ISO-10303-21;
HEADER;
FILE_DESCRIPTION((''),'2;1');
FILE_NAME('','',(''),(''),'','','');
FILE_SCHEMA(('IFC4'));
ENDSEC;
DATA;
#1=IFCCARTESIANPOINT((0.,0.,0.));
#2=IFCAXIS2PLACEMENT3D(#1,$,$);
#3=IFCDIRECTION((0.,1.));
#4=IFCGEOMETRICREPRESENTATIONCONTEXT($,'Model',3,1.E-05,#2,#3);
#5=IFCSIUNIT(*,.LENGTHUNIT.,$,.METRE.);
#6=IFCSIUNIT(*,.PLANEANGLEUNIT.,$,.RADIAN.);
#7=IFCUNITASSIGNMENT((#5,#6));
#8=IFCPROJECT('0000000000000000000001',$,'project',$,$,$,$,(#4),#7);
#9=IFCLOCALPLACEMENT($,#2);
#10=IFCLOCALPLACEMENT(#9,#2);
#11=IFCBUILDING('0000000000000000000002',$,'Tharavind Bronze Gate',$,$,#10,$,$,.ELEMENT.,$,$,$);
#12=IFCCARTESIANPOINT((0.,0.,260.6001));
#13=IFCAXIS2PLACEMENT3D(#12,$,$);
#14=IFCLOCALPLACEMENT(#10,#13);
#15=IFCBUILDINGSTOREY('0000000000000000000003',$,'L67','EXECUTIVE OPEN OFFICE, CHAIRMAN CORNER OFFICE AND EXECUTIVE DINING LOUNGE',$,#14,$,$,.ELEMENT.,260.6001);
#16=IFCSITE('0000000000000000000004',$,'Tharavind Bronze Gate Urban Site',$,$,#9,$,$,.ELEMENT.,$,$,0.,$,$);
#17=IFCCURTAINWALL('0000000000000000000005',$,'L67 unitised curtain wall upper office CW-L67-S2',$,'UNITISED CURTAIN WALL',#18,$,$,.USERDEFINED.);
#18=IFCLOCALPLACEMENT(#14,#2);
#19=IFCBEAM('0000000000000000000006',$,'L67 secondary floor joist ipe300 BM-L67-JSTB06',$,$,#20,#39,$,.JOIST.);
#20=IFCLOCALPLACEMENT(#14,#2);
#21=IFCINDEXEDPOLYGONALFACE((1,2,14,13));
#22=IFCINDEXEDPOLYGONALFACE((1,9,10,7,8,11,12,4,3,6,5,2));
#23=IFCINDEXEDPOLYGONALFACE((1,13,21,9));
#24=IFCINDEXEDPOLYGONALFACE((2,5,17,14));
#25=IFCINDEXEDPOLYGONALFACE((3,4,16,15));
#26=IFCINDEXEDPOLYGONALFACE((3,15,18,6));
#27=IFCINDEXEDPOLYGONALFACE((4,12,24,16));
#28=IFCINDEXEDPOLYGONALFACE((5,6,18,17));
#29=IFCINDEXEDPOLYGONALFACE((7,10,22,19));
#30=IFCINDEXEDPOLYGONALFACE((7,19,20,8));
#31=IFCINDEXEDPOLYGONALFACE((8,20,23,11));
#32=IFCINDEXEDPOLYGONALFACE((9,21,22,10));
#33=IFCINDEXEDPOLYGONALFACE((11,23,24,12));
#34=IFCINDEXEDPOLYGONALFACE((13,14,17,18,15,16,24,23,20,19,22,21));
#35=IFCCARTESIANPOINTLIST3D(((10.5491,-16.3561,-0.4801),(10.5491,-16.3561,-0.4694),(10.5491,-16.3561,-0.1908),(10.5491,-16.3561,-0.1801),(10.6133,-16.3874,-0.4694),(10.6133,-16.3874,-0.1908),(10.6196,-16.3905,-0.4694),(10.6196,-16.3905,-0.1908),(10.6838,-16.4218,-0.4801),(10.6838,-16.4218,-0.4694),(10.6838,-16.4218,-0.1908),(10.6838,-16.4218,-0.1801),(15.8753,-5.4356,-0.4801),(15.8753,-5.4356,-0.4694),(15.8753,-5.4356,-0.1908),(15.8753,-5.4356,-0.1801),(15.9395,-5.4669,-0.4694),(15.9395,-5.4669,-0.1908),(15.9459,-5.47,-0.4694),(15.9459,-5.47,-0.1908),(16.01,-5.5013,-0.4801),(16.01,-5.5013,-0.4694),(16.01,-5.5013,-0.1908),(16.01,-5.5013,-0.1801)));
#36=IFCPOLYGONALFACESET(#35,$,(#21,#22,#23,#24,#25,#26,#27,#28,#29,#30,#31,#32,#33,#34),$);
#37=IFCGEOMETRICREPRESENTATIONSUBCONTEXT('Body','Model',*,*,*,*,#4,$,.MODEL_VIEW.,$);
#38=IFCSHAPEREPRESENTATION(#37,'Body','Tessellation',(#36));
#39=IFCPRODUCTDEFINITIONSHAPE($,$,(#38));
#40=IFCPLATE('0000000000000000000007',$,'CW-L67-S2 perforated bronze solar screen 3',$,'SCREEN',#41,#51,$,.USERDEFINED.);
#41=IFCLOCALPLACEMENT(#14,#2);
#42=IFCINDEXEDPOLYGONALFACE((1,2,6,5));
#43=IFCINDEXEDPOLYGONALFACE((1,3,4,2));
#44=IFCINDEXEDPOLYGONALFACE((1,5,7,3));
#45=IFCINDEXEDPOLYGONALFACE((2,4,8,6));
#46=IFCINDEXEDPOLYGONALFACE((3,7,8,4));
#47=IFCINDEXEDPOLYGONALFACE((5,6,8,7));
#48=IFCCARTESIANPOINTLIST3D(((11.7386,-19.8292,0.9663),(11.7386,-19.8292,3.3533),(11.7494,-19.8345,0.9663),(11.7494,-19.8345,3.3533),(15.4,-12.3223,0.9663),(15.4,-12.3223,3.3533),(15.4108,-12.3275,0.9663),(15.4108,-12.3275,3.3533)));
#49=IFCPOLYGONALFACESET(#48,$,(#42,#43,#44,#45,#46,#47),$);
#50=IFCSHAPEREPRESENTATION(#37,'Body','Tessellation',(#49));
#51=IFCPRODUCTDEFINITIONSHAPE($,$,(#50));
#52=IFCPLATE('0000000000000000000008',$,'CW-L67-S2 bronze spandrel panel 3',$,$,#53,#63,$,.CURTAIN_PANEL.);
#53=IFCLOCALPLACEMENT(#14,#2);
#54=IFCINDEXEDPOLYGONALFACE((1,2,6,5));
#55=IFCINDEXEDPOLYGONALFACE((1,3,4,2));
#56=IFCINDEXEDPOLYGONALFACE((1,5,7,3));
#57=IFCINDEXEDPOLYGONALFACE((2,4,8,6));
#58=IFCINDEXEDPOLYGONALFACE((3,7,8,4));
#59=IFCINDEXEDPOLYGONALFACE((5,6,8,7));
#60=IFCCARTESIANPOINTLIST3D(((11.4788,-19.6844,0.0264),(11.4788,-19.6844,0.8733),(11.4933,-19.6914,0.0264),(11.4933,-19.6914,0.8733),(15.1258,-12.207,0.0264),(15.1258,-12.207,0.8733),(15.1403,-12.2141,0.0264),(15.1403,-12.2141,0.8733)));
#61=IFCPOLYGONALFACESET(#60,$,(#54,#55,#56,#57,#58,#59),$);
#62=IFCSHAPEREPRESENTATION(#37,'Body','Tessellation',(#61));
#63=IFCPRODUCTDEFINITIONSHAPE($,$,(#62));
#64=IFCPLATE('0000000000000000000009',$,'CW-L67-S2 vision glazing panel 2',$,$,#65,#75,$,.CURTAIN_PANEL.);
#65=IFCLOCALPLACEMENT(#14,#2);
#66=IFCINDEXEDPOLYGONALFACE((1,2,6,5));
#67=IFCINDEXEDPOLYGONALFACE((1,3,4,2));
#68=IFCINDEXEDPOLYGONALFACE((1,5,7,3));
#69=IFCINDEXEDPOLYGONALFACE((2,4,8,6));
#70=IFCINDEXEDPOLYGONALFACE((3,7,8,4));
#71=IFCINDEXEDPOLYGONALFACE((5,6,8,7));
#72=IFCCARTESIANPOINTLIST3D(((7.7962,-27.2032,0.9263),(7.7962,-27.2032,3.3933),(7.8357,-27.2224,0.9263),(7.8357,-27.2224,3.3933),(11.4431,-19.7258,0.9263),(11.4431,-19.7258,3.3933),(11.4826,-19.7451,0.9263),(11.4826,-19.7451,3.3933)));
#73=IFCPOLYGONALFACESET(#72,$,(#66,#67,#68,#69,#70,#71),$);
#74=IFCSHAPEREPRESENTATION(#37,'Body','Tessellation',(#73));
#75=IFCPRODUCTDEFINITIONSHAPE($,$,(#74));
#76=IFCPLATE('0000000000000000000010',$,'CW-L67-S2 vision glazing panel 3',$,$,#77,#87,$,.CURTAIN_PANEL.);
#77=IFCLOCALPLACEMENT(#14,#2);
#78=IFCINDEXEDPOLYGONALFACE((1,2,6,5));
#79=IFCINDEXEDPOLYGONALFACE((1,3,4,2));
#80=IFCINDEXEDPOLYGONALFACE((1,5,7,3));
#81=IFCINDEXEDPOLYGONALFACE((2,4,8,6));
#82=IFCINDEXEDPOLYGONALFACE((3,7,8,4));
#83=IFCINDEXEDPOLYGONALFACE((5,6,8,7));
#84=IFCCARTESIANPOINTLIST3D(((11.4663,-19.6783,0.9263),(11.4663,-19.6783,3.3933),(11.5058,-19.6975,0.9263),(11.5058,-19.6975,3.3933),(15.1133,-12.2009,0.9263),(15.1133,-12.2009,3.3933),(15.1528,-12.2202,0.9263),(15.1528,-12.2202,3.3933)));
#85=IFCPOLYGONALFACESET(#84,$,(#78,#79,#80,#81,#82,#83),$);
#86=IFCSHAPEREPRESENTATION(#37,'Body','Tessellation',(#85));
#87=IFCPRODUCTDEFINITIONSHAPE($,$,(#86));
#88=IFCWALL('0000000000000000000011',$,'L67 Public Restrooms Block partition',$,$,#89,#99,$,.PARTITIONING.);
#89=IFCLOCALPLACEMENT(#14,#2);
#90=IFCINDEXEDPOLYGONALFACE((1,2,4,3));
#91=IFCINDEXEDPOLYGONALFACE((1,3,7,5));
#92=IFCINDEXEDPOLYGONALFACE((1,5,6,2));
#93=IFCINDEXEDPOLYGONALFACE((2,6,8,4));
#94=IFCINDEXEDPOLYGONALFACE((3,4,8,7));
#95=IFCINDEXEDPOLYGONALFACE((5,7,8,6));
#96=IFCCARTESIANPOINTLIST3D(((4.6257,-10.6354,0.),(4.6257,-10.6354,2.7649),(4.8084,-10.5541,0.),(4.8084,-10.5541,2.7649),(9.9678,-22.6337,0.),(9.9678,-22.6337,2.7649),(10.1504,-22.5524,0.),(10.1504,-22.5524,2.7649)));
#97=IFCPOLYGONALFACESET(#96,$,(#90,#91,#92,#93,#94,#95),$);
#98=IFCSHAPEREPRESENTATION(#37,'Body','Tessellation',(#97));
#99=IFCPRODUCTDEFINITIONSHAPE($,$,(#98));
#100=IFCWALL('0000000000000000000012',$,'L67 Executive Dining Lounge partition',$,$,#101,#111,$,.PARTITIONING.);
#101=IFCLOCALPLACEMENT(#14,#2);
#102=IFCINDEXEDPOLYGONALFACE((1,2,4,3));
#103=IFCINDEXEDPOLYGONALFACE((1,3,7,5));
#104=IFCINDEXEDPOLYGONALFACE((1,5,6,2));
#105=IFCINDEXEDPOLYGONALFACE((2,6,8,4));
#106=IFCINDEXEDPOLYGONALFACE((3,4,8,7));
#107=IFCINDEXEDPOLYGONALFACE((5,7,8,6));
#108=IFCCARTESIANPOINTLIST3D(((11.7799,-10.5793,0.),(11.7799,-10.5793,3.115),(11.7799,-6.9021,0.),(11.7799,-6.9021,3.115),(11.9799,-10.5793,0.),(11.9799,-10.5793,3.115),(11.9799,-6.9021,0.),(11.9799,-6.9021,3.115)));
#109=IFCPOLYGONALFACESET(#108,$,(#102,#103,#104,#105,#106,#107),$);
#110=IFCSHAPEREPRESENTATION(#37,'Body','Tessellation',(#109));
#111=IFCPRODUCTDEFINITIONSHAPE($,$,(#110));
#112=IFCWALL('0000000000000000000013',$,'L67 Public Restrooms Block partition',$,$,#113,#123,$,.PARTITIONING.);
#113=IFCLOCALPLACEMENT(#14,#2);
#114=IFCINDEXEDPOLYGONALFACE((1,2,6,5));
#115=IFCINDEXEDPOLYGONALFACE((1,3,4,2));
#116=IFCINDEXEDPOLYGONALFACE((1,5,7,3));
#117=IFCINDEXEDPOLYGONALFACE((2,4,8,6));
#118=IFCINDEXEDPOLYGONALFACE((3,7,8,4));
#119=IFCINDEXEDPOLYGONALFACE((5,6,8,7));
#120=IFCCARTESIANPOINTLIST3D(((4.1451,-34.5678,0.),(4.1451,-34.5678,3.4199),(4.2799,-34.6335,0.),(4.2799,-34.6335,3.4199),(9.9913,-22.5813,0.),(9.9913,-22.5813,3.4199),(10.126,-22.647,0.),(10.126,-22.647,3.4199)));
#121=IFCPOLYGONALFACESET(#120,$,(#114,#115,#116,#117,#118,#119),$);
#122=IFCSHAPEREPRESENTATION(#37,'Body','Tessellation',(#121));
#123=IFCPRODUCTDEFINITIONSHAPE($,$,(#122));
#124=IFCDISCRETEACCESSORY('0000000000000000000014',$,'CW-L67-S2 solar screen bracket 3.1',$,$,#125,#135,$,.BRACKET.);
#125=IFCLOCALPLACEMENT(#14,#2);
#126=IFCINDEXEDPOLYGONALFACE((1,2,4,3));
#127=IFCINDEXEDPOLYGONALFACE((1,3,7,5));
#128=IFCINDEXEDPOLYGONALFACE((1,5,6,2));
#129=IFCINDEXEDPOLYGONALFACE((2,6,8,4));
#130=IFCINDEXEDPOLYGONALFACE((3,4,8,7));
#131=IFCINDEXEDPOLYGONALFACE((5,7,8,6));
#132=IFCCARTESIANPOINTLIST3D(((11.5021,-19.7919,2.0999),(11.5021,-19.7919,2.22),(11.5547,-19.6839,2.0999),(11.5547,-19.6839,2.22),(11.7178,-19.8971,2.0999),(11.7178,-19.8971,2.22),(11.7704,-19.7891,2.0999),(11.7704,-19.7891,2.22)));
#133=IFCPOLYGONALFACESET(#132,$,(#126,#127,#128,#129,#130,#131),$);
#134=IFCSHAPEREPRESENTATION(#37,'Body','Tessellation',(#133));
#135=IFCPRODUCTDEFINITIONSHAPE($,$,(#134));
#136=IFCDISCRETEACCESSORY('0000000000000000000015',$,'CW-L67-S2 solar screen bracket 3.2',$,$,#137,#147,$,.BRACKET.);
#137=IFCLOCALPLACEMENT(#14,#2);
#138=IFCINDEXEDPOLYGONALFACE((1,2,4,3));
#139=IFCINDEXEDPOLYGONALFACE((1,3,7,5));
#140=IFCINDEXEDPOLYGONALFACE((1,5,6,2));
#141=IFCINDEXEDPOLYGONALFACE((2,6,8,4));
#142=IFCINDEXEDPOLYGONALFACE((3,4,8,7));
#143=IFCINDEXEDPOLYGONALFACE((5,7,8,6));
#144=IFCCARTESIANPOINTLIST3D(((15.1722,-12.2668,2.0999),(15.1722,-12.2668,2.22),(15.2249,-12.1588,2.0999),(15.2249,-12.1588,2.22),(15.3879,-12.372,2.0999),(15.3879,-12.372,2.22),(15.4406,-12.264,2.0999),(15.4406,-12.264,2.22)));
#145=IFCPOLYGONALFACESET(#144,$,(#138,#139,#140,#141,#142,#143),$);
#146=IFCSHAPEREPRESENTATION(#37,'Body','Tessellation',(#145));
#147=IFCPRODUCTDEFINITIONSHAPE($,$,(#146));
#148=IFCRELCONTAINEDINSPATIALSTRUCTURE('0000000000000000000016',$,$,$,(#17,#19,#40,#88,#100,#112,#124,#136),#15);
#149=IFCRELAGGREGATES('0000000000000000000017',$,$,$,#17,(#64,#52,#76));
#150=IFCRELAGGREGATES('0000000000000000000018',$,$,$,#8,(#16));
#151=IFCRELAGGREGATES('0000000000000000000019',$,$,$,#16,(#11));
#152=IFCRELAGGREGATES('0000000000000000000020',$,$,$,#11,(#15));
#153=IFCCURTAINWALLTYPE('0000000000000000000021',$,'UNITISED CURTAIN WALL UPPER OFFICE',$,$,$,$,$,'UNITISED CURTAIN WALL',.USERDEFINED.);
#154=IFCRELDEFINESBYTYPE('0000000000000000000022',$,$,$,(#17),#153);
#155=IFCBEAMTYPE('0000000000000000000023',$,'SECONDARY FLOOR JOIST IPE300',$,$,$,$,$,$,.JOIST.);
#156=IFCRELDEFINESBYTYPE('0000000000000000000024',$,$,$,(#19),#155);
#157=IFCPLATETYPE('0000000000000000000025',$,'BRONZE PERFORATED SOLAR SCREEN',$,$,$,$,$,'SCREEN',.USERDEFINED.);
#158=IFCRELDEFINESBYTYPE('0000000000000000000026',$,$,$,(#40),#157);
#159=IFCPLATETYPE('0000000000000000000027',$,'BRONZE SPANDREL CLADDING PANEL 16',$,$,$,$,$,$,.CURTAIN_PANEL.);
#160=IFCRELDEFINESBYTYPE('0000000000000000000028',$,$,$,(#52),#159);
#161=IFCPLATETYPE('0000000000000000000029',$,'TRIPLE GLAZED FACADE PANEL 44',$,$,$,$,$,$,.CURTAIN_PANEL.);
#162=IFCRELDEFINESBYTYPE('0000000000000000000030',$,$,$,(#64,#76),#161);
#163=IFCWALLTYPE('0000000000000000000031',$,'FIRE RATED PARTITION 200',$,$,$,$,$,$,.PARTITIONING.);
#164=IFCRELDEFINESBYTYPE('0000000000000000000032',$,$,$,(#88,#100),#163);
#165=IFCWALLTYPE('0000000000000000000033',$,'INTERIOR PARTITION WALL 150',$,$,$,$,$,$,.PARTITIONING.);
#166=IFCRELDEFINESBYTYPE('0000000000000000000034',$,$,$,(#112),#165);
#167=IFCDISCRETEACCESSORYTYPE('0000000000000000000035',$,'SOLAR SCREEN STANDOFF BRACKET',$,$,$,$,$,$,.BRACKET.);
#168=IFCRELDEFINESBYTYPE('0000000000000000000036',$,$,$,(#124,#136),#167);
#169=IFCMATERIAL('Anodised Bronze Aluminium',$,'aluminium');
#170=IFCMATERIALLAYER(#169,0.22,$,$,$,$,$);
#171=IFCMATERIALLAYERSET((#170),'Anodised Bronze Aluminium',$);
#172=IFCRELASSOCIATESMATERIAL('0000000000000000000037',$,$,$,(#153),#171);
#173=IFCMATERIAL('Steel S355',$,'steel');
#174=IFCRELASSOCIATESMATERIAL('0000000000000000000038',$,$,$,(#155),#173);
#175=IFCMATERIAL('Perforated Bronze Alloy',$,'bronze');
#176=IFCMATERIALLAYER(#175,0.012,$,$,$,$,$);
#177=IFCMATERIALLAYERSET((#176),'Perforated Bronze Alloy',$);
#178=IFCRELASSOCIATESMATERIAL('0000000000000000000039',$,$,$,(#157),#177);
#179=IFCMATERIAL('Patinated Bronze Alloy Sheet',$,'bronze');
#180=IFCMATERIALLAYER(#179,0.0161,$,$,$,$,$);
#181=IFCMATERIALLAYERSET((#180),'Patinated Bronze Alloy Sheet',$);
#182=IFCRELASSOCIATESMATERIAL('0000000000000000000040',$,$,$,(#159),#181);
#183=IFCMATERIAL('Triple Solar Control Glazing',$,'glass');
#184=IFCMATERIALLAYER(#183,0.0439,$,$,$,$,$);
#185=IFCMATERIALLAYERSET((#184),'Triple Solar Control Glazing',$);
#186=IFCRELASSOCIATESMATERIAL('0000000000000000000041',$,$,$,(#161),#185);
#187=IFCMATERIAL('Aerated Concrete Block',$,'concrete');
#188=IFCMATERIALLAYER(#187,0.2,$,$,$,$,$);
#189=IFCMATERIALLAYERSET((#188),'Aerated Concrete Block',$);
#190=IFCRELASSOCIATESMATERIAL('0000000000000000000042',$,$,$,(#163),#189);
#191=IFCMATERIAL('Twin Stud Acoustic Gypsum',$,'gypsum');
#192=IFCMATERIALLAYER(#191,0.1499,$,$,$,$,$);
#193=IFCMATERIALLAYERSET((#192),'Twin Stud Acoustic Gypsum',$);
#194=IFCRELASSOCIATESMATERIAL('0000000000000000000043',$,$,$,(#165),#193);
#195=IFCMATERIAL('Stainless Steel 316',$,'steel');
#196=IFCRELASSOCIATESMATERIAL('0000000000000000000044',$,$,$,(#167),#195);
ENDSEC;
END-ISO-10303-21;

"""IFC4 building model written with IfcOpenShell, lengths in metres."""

from ifc_helpers import new_model, si_unit, direction, frame, frame_2d, origin, origin_2d, place, context, subcontext, project, spatial, rectangle, i_section, extrude, material, layer, layer_set, material_profile, profile_set, type_object, element, aggregate, save


model = new_model("IFC4")

# Units and contexts
model_context = context("Model", 3, precision=1e-05, world=origin(), true_north=direction((0.0, 1.0)))
body_context = subcontext(model_context, "Body", "Model", "MODEL_VIEW")
ifc_project = project(units=[si_unit("LENGTHUNIT", "METRE"), si_unit("PLANEANGLEUNIT", "RADIAN")], contexts=[model_context])

# Site, building, storey
site_placement = place(None, origin())
site = spatial("IfcSite", under=ifc_project, at=site_placement, Name="Tharavind Bronze Gate Urban Site", CompositionType="ELEMENT", RefElevation=0.0)
building_placement = place(site_placement, origin())
building = spatial("IfcBuilding", under=site, at=building_placement, Name="Tharavind Bronze Gate", CompositionType="ELEMENT")
storey_placement = place(building_placement, frame((0.0, 0.0, 260.6001)))
storey = spatial("IfcBuildingStorey", under=building, at=storey_placement, Name="L67", Description="EXECUTIVE OPEN OFFICE, CHAIRMAN CORNER OFFICE AND EXECUTIVE DINING LOUNGE", CompositionType="ELEMENT", Elevation=260.6001)

# Curtain wall
ifc_material_1 = material(Name="Anodised Bronze Aluminium", Category="aluminium")
ifc_layer_1 = layer(ifc_material_1, 0.22)
ifc_layer_set_1 = layer_set([ifc_layer_1], Name="Anodised Bronze Aluminium")
curtain_wall_type = type_object("IfcCurtainWallType", Name="UNITISED CURTAIN WALL UPPER OFFICE", ElementType="UNITISED CURTAIN WALL", PredefinedType="USERDEFINED", material=ifc_layer_set_1)
curtain_wall_placement = place(storey_placement, origin())
curtain_wall = element("IfcCurtainWall", 1, at=curtain_wall_placement, inside=storey, type_object=curtain_wall_type, Name="L67 unitised curtain wall upper office CW-L67-S2", ObjectType="UNITISED CURTAIN WALL", PredefinedType="USERDEFINED")

# Beam
ifc_material_2 = material(Name="Steel S355", Category="steel")
ifc_material_profile_1 = material_profile(ifc_material_2, i_section(OverallWidth=0.1499, OverallDepth=0.3, WebThickness=0.0071, FlangeThickness=0.0107, at=origin_2d()), Name="IPE300")
ifc_profile_set_1 = profile_set([ifc_material_profile_1], Name="Steel S355")
beam_type_1 = type_object("IfcBeamType", Name="SECONDARY FLOOR JOIST IPE300", PredefinedType="JOIST", material=ifc_profile_set_1)
beam_1_placement = place(storey_placement, frame((10.6165, -16.3889, -0.3301), z_axis=(0.438367, 0.898796, 0.0), x_axis=(-0.898796, 0.438367, 0.0)))
element("IfcBeam", 2, at=beam_1_placement, inside=storey, type_object=beam_type_1, Name="L67 secondary floor joist ipe300 BM-L67-JSTB06", PredefinedType="JOIST", context=body_context, shape_type="SweptSolid", body=[
    extrude(i_section(OverallWidth=0.1499, OverallDepth=0.3, WebThickness=0.0071, FlangeThickness=0.0107, at=origin_2d()), origin(), (0.0, 0.0, 1.0), 12.1501),
])

# Plates
ifc_material_3 = material(Name="Perforated Bronze Alloy", Category="bronze")
ifc_layer_2 = layer(ifc_material_3, 0.012)
ifc_layer_set_2 = layer_set([ifc_layer_2], Name="Perforated Bronze Alloy")
plate_type_1 = type_object("IfcPlateType", Name="BRONZE PERFORATED SOLAR SCREEN", ElementType="SCREEN", PredefinedType="USERDEFINED", material=ifc_layer_set_2)
plate_1_placement = place(storey_placement, frame((13.5747, -16.0784, 0.9663), z_axis=(0.0, 0.0, 1.0), x_axis=(0.438373, 0.898793, 0.0)))
element("IfcPlate", 3, at=plate_1_placement, inside=storey, type_object=plate_type_1, Name="CW-L67-S2 perforated bronze solar screen 3", ObjectType="SCREEN", PredefinedType="USERDEFINED", context=body_context, shape_type="SweptSolid", body=[
    extrude(rectangle(XDim=8.3523, YDim=0.012, at=origin_2d()), origin(), (0.0, 0.0, 1.0), 2.387),
])
ifc_material_4 = material(Name="Patinated Bronze Alloy Sheet", Category="bronze")
ifc_layer_3 = layer(ifc_material_4, 0.0161)
ifc_layer_set_3 = layer_set([ifc_layer_3], Name="Patinated Bronze Alloy Sheet")
plate_type_2 = type_object("IfcPlateType", Name="BRONZE SPANDREL CLADDING PANEL 16", PredefinedType="CURTAIN_PANEL", material=ifc_layer_set_3)
plate_2_placement = place(storey_placement, frame((13.3096, -15.9492, 0.0264), z_axis=(0.0, 0.0, 1.0), x_axis=(0.438373, 0.898793, 0.0)))
plate_2 = element("IfcPlate", 4, at=plate_2_placement, type_object=plate_type_2, Name="CW-L67-S2 bronze spandrel panel 3", PredefinedType="CURTAIN_PANEL", context=body_context, shape_type="SweptSolid", body=[
    extrude(rectangle(XDim=8.3193, YDim=0.0161, at=origin_2d()), origin(), (0.0, 0.0, 1.0), 0.8469),
])
ifc_material_5 = material(Name="Triple Solar Control Glazing", Category="glass")
ifc_layer_4 = layer(ifc_material_5, 0.0439)
ifc_layer_set_4 = layer_set([ifc_layer_4], Name="Triple Solar Control Glazing")
plate_type_3 = type_object("IfcPlateType", Name="TRIPLE GLAZED FACADE PANEL 44", PredefinedType="CURTAIN_PANEL", material=ifc_layer_set_4)
plate_3_placement = place(storey_placement, frame((9.6394, -23.4741, 0.9263), z_axis=(0.0, 0.0, 1.0), x_axis=(0.438373, 0.898793, 0.0)))
plate_3 = element("IfcPlate", 5, at=plate_3_placement, type_object=plate_type_3, Name="CW-L67-S2 vision glazing panel 2", PredefinedType="CURTAIN_PANEL", context=body_context, shape_type="SweptSolid", body=[
    extrude(rectangle(XDim=8.3193, YDim=0.0439, at=origin_2d()), origin(), (0.0, 0.0, 1.0), 2.467),
])
plate_4_placement = place(storey_placement, frame((13.3096, -15.9492, 0.9263), z_axis=(0.0, 0.0, 1.0), x_axis=(0.438373, 0.898793, 0.0)))
plate_4 = element("IfcPlate", 6, at=plate_4_placement, type_object=plate_type_3, Name="CW-L67-S2 vision glazing panel 3", PredefinedType="CURTAIN_PANEL", context=body_context, shape_type="SweptSolid", body=[
    extrude(rectangle(XDim=8.3193, YDim=0.0439, at=origin_2d()), origin(), (0.0, 0.0, 1.0), 2.467),
])
aggregate(curtain_wall, [plate_3, plate_2, plate_4])

# Wall
ifc_material_6 = material(Name="Aerated Concrete Block", Category="concrete")
ifc_layer_5 = layer(ifc_material_6, 0.2)
ifc_layer_set_5 = layer_set([ifc_layer_5], Name="Aerated Concrete Block")
wall_type_1 = type_object("IfcWallType", Name="FIRE RATED PARTITION 200", PredefinedType="PARTITIONING", material=ifc_layer_set_5)
wall_1_placement = place(storey_placement, frame((4.717, -10.5947, 0.0), z_axis=(0.0, 0.0, 1.0), x_axis=(0.40674, -0.913544, 0.0)))
element("IfcWall", 7, at=wall_1_placement, inside=storey, type_object=wall_type_1, Name="L67 Public Restrooms Block partition", PredefinedType="PARTITIONING", context=body_context, shape_type="SweptSolid", body=[
    extrude(rectangle(XDim=13.1338, YDim=0.2, at=frame_2d((6.5669, 0.0))), origin(), (0.0, 0.0, 1.0), 2.7649),
])

# Walls
wall_2_placement = place(storey_placement, frame((11.8799, -10.5793, 0.0), z_axis=(0.0, 0.0, 1.0), x_axis=(0.0, 1.0, 0.0)))
element("IfcWall", 8, at=wall_2_placement, inside=storey, type_object=wall_type_1, Name="L67 Executive Dining Lounge partition", PredefinedType="PARTITIONING", context=body_context, shape_type="SweptSolid", body=[
    extrude(rectangle(XDim=3.6772, YDim=0.2, at=frame_2d((1.8386, 0.0))), origin(), (0.0, 0.0, 1.0), 3.115),
])
ifc_material_7 = material(Name="Twin Stud Acoustic Gypsum", Category="gypsum")
ifc_layer_6 = layer(ifc_material_7, 0.1499)
ifc_layer_set_6 = layer_set([ifc_layer_6], Name="Twin Stud Acoustic Gypsum")
wall_type_2 = type_object("IfcWallType", Name="INTERIOR PARTITION WALL 150", PredefinedType="PARTITIONING", material=ifc_layer_set_6)
wall_3_placement = place(storey_placement, frame((10.0586, -22.6143, 0.0), z_axis=(0.0, 0.0, 1.0), x_axis=(-0.438368, -0.898796, 0.0)))
element("IfcWall", 9, at=wall_3_placement, inside=storey, type_object=wall_type_2, Name="L67 Public Restrooms Block partition", PredefinedType="PARTITIONING", context=body_context, shape_type="SweptSolid", body=[
    extrude(rectangle(XDim=13.3362, YDim=0.1499, at=frame_2d((6.668, 0.0))), origin(), (0.0, 0.0, 1.0), 3.4199),
])

# Discrete accessories
ifc_material_8 = material(Name="Stainless Steel 316", Category="steel")
discrete_accessory_type = type_object("IfcDiscreteAccessoryType", Name="SOLAR SCREEN STANDOFF BRACKET", PredefinedType="BRACKET", material=ifc_material_8)
for number, where, z_axis, x_axis, name in (
    (10, (11.6362, -19.7905, 2.0999), (0.0, 0.0, 1.0), (0.438373, 0.898793, 0.0), "CW-L67-S2 solar screen bracket 3.1"),
    (11, (15.3064, -12.2654, 2.0999), (0.0, 0.0, 1.0), (0.438373, 0.898793, 0.0), "CW-L67-S2 solar screen bracket 3.2"),
):
    element("IfcDiscreteAccessory", number, at=place(storey_placement, frame(where, z_axis=z_axis, x_axis=x_axis)), inside=storey, type_object=discrete_accessory_type, Name=name, PredefinedType="BRACKET", context=body_context, shape_type="SweptSolid", body=[
        extrude(rectangle(XDim=0.1201, YDim=0.24, at=origin_2d()), origin(), (0.0, 0.0, 1.0), 0.1201),
    ])

save(model, "model.ifc")
